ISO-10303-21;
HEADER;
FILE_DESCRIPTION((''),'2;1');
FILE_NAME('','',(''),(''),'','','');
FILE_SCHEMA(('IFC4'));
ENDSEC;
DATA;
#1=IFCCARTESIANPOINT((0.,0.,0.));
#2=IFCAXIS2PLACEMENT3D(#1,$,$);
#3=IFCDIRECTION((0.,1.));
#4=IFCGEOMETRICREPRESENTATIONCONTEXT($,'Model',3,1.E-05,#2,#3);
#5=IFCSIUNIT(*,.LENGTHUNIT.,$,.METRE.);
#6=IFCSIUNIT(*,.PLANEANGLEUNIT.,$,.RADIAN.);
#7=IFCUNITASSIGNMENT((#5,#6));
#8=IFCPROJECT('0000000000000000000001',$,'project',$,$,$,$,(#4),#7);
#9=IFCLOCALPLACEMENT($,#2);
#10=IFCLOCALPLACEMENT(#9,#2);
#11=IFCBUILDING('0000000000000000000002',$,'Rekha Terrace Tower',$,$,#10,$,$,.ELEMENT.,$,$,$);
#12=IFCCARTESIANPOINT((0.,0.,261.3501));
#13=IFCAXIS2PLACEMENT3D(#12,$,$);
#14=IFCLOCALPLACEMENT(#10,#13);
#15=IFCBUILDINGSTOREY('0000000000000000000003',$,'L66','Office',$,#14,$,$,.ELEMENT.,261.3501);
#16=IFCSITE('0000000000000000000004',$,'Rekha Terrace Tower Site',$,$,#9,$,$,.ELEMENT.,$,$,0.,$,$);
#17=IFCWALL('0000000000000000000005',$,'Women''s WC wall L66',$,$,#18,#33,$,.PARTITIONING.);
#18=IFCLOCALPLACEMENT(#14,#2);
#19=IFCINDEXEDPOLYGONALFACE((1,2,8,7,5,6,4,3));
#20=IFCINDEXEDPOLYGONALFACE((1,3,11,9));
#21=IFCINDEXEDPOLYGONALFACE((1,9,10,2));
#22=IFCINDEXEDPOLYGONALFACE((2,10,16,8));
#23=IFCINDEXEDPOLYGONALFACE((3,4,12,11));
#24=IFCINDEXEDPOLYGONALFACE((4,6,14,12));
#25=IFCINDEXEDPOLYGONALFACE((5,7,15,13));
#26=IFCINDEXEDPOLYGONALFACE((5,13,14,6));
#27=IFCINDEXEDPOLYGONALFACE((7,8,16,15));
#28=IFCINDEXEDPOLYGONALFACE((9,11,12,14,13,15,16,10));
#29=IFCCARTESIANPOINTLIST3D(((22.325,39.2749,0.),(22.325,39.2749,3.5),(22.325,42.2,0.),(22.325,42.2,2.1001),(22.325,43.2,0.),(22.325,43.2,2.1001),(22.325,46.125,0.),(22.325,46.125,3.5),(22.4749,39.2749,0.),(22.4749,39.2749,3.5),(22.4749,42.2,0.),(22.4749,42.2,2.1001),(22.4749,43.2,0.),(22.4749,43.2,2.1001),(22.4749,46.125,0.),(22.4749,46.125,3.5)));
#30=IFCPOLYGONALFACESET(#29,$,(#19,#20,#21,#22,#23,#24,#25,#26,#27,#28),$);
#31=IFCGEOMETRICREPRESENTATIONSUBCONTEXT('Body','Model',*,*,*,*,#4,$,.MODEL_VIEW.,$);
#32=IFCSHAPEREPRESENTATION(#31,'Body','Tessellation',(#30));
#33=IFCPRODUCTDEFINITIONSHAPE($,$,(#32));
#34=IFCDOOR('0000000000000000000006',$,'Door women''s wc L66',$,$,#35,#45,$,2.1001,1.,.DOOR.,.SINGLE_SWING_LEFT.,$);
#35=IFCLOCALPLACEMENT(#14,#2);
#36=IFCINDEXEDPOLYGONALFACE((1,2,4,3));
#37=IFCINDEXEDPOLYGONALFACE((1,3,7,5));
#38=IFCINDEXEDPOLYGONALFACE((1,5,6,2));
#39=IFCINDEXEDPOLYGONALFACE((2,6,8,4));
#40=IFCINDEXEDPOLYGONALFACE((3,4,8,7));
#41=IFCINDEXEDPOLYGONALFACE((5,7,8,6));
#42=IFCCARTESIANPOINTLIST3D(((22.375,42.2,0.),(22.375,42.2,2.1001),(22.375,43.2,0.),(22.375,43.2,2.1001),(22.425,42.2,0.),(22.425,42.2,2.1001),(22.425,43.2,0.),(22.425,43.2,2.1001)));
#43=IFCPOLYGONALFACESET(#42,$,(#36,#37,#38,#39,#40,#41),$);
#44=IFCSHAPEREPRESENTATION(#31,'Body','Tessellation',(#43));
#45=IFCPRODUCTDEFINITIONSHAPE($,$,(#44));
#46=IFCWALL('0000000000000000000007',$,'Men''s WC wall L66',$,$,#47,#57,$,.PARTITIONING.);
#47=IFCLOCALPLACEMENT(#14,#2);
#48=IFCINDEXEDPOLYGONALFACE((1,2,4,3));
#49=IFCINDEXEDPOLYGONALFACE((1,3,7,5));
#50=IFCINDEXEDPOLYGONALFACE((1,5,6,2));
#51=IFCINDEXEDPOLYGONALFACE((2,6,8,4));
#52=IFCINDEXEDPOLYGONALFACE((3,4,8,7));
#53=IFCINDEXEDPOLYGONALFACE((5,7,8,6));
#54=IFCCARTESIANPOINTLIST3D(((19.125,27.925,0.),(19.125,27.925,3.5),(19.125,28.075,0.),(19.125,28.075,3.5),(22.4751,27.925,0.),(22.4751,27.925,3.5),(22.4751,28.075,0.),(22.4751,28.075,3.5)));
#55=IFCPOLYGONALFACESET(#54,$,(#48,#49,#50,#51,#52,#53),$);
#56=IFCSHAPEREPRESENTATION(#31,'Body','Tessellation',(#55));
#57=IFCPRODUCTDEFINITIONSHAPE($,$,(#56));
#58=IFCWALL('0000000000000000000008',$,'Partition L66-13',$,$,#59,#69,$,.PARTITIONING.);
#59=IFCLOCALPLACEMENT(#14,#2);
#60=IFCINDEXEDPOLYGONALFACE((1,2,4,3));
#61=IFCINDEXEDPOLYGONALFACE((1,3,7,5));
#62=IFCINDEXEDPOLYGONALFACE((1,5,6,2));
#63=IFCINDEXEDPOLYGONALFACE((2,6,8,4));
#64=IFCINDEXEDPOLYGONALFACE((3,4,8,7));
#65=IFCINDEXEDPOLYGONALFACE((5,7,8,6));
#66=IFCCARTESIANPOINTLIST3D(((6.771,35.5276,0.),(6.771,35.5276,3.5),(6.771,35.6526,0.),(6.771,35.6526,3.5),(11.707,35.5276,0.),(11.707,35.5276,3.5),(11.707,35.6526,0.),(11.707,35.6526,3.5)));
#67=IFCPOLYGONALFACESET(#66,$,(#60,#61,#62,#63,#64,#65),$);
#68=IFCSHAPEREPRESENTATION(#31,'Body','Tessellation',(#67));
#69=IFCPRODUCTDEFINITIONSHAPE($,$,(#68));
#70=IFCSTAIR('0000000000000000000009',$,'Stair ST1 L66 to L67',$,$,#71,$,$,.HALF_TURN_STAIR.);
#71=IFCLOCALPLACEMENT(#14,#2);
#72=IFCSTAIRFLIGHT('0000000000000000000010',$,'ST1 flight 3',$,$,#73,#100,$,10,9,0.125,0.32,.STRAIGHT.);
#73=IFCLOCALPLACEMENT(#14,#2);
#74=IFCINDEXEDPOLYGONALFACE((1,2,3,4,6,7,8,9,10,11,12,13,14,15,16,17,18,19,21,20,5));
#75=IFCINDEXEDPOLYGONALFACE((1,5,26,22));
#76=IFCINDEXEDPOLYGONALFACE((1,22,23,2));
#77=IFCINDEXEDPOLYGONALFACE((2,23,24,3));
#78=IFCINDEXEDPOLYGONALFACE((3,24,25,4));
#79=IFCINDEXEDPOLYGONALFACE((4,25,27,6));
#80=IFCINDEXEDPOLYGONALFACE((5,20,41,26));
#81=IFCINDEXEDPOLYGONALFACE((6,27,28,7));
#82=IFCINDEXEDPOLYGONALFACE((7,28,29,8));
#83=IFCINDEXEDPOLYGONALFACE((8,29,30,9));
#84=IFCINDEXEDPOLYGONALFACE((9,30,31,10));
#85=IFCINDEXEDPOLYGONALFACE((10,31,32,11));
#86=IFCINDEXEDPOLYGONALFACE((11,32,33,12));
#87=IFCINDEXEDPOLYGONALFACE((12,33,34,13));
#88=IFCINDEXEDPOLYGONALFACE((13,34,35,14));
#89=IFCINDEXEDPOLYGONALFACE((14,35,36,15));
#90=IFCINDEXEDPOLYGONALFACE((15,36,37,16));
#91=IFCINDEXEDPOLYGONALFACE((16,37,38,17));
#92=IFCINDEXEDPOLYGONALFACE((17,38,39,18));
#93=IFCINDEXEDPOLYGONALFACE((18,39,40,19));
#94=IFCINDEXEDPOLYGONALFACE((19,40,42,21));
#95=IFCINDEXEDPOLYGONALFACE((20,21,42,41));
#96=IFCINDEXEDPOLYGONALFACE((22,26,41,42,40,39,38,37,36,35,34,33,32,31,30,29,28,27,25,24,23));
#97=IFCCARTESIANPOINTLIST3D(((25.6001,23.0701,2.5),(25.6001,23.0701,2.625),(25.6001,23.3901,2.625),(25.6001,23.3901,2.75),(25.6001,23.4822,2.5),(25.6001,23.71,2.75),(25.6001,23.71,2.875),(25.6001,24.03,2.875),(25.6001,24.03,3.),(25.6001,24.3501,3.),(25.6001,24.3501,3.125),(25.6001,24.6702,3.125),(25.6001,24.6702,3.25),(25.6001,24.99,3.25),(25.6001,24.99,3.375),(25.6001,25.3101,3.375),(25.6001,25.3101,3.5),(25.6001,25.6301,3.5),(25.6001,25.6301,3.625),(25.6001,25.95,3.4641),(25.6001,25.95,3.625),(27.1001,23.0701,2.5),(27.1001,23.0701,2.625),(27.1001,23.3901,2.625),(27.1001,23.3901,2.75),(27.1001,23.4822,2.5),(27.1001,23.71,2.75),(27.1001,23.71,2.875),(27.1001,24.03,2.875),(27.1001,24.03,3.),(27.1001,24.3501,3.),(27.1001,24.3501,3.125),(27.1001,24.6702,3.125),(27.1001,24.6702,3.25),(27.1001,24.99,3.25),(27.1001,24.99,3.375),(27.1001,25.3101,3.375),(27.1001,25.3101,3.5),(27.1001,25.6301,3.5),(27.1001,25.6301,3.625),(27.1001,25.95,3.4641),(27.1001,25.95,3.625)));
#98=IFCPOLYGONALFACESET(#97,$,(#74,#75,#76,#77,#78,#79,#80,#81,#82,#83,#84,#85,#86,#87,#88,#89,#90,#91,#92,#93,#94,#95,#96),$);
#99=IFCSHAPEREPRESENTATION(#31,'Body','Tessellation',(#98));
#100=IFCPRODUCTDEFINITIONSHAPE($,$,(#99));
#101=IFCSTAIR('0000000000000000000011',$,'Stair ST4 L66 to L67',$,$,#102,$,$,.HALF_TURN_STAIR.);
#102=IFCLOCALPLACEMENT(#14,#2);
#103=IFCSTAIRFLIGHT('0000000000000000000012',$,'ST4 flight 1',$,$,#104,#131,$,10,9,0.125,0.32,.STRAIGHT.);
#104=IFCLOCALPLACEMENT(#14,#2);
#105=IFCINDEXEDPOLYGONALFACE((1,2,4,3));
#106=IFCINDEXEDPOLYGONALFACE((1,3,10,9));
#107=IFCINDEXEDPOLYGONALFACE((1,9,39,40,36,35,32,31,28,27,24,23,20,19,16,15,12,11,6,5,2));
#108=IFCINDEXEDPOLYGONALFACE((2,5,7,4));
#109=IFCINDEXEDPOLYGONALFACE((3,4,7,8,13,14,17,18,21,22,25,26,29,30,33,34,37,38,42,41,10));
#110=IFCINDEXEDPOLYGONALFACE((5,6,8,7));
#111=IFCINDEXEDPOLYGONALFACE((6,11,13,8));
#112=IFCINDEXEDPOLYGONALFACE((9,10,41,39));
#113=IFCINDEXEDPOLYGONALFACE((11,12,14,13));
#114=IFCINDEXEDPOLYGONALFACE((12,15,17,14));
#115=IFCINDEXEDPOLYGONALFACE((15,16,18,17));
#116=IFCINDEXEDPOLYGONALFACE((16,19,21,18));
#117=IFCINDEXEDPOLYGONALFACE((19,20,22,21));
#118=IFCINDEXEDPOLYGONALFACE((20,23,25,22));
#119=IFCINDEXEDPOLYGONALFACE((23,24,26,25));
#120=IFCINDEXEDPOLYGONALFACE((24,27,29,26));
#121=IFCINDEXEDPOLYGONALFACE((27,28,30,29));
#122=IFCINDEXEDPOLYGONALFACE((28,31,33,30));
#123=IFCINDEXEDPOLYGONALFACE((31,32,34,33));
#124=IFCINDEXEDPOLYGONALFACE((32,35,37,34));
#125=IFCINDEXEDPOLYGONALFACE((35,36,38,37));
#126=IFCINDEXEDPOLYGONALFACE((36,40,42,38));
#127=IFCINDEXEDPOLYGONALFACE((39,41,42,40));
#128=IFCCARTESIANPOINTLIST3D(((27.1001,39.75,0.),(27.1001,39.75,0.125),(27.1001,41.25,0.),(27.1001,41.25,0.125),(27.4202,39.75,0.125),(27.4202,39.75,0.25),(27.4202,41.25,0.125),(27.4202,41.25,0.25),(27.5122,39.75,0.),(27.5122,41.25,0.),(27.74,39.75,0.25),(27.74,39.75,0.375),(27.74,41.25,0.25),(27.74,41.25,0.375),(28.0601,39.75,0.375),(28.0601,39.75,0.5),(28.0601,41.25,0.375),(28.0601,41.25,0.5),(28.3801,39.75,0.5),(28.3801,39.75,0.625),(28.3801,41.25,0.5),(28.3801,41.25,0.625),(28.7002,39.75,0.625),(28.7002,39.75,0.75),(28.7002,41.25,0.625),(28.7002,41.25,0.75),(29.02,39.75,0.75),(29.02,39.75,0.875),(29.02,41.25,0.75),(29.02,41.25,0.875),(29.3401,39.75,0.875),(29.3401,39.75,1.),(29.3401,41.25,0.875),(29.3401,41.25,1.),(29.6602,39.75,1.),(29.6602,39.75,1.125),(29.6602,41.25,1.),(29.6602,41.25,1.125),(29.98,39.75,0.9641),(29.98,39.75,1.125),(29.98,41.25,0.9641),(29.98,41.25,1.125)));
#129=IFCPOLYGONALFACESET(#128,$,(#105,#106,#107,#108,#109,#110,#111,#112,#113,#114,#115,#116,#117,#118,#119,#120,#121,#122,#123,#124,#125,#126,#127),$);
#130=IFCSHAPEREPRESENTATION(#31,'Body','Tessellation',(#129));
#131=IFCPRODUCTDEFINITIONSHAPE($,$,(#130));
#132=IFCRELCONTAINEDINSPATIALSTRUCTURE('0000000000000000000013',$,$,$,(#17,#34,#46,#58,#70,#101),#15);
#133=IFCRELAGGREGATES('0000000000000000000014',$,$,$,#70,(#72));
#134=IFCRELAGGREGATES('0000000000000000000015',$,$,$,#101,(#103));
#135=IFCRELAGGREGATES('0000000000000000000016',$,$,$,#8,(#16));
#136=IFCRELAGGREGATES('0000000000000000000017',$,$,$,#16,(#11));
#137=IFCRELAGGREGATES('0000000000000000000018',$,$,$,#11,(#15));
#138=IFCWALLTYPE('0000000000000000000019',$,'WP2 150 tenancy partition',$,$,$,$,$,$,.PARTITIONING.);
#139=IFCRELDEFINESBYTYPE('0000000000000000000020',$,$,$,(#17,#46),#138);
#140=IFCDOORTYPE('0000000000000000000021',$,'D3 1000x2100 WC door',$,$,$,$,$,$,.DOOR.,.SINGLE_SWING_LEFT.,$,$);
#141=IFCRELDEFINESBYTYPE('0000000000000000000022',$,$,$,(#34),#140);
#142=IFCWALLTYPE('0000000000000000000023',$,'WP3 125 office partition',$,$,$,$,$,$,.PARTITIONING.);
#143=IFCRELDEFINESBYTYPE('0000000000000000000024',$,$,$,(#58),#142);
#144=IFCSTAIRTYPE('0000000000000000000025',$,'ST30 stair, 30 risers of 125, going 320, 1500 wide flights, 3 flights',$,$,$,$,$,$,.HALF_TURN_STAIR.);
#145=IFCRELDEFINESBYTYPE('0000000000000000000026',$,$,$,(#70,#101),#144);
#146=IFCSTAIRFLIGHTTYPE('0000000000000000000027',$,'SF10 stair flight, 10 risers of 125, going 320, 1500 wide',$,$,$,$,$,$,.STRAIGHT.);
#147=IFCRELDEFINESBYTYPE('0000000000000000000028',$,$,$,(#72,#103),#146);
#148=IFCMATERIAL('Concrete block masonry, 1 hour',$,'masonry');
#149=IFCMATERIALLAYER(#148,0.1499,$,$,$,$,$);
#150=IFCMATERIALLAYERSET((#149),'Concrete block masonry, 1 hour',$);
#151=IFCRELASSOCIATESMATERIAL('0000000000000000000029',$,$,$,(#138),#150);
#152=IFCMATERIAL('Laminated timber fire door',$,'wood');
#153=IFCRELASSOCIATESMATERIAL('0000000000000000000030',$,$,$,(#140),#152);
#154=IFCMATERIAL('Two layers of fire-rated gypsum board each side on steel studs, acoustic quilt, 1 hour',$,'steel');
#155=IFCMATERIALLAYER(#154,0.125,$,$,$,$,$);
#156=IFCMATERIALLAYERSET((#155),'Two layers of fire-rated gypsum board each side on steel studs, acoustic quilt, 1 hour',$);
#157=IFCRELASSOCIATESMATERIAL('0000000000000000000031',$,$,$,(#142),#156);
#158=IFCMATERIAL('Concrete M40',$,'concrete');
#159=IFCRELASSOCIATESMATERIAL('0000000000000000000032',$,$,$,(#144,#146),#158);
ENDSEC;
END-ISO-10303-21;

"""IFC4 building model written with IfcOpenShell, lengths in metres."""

from ifc_helpers import new_model, si_unit, direction, frame, frame_2d, origin, place, context, subcontext, project, spatial, polyline, rectangle, outline, extrude, material, layer, layer_set, type_object, element, fill, aggregate, save


model = new_model("IFC4")

# Units and contexts
model_context = context("Model", 3, precision=1e-05, world=origin(), true_north=direction((0.0, 1.0)))
body_context = subcontext(model_context, "Body", "Model", "MODEL_VIEW")
ifc_project = project(units=[si_unit("LENGTHUNIT", "METRE"), si_unit("PLANEANGLEUNIT", "RADIAN")], contexts=[model_context])

# Site, building, storey
site_placement = place(None, origin())
site = spatial("IfcSite", under=ifc_project, at=site_placement, Name="Rekha Terrace Tower Site", CompositionType="ELEMENT", RefElevation=0.0)
building_placement = place(site_placement, origin())
building = spatial("IfcBuilding", under=site, at=building_placement, Name="Rekha Terrace Tower", CompositionType="ELEMENT")
storey_placement = place(building_placement, frame((0.0, 0.0, 261.3501)))
storey = spatial("IfcBuildingStorey", under=building, at=storey_placement, Name="L66", Description="Office", CompositionType="ELEMENT", Elevation=261.3501)

# Shared definitions
ifc_material_1 = material(Name="Concrete block masonry, 1 hour", Category="masonry")
ifc_layer_1 = layer(ifc_material_1, 0.1499)
ifc_layer_set_1 = layer_set([ifc_layer_1], Name="Concrete block masonry, 1 hour")
wall_type_1 = type_object("IfcWallType", Name="WP2 150 tenancy partition", PredefinedType="PARTITIONING", material=ifc_layer_set_1)

# Wall, opening, door
wall_1_placement = place(storey_placement, frame((22.3999, 39.2749, 0.0), z_axis=(0.0, 0.0, 1.0), x_axis=(0.0, 1.0, 0.0)))
wall_1 = element("IfcWall", 1, at=wall_1_placement, inside=storey, type_object=wall_type_1, Name="Women's WC wall L66", PredefinedType="PARTITIONING", context=body_context, shape_type="SweptSolid", body=[
    extrude(rectangle(XDim=6.8501, YDim=0.1499, at=frame_2d((3.425, 0.0))), origin(), (0.0, 0.0, 1.0), 3.5),
])
opening_1_placement = place(wall_1_placement, frame((2.925, 0.0, 0.0)))
opening_1 = element("IfcOpeningElement", 2, at=opening_1_placement, cuts=wall_1, PredefinedType="OPENING", context=body_context, shape_type="SweptSolid", body=[
    extrude(rectangle(XDim=1.0, YDim=2.1001, at=frame_2d((0.5, 1.05))), frame((0.0, 0.085, 0.0), z_axis=(0.0, -1.0, 0.0), x_axis=(1.0, 0.0, 0.0)), (0.0, 0.0, 1.0), 0.1699),
])
ifc_material_2 = material(Name="Laminated timber fire door", Category="wood")
door_type_1 = type_object("IfcDoorType", Name="D3 1000x2100 WC door", OperationType="SINGLE_SWING_LEFT", PredefinedType="DOOR", material=ifc_material_2)
door_1_placement = place(opening_1_placement, origin())
door_1 = element("IfcDoor", 3, at=door_1_placement, inside=storey, type_object=door_type_1, Name="Door women's wc L66", OperationType="SINGLE_SWING_LEFT", OverallHeight=2.1001, OverallWidth=1.0, PredefinedType="DOOR", context=body_context, shape_type="SweptSolid", body=[
    extrude(rectangle(XDim=1.0, YDim=2.1001, at=frame_2d((0.5, 1.05))), frame((0.0, 0.0249, 0.0), z_axis=(0.0, -1.0, 0.0), x_axis=(1.0, 0.0, 0.0)), (0.0, 0.0, 1.0), 0.05),
])
fill(opening_1, door_1)

# Walls
wall_2_placement = place(storey_placement, frame((19.125, 28.0, 0.0), z_axis=(0.0, 0.0, 1.0), x_axis=(1.0, 0.0, 0.0)))
element("IfcWall", 4, at=wall_2_placement, inside=storey, type_object=wall_type_1, Name="Men's WC wall L66", PredefinedType="PARTITIONING", context=body_context, shape_type="SweptSolid", body=[
    extrude(rectangle(XDim=3.3501, YDim=0.1499, at=frame_2d((1.675, 0.0))), origin(), (0.0, 0.0, 1.0), 3.5),
])
ifc_material_3 = material(Name="Two layers of fire-rated gypsum board each side on steel studs, acoustic quilt, 1 hour", Category="steel")
ifc_layer_2 = layer(ifc_material_3, 0.125)
ifc_layer_set_2 = layer_set([ifc_layer_2], Name="Two layers of fire-rated gypsum board each side on steel studs, acoustic quilt, 1 hour")
wall_type_2 = type_object("IfcWallType", Name="WP3 125 office partition", PredefinedType="PARTITIONING", material=ifc_layer_set_2)
wall_3_placement = place(storey_placement, frame((11.707, 35.5901, 0.0), z_axis=(0.0, 0.0, 1.0), x_axis=(-1.0, 0.0, 0.0)))
element("IfcWall", 5, at=wall_3_placement, inside=storey, type_object=wall_type_2, Name="Partition L66-13", PredefinedType="PARTITIONING", context=body_context, shape_type="SweptSolid", body=[
    extrude(rectangle(XDim=4.936, YDim=0.125, at=frame_2d((2.468, 0.0))), origin(), (0.0, 0.0, 1.0), 3.5),
])

# Stairs, stair flights
ifc_material_4 = material(Name="Concrete M40", Category="concrete")
stair_type = type_object("IfcStairType", Name="ST30 stair, 30 risers of 125, going 320, 1500 wide flights, 3 flights", PredefinedType="HALF_TURN_STAIR", material=ifc_material_4)
stair_1_placement = place(storey_placement, origin())
stair_1 = element("IfcStair", 6, at=stair_1_placement, inside=storey, type_object=stair_type, Name="Stair ST1 L66 to L67", PredefinedType="HALF_TURN_STAIR")
stair_flight_type = type_object("IfcStairFlightType", Name="SF10 stair flight, 10 risers of 125, going 320, 1500 wide", PredefinedType="STRAIGHT", material=ifc_material_4)
stair_flight_1_placement = place(storey_placement, frame((26.3501, 23.0701, 2.5), z_axis=(0.0, 0.0, 1.0), x_axis=(0.0, 1.0, 0.0)))
stair_flight_1 = element("IfcStairFlight", 7, at=stair_flight_1_placement, type_object=stair_flight_type, Name="ST1 flight 3", NumberOfRisers=10, NumberOfTreads=9, PredefinedType="STRAIGHT", RiserHeight=0.125, TreadLength=0.32, context=body_context, shape_type="SweptSolid", body=[
    extrude(outline(polyline([(0.0, 0.0), (0.0, 0.125), (0.3201, 0.125), (0.3201, 0.25), (0.6399, 0.25), (0.6399, 0.375), (0.96, 0.375), (0.96, 0.5), (1.28, 0.5), (1.28, 0.625), (1.6001, 0.625), (1.6001, 0.75), (1.9199, 0.75), (1.9199, 0.875), (2.24, 0.875), (2.24, 1.0), (2.5601, 1.0), (2.5601, 1.125), (2.8799, 1.125), (2.8799, 1.25), (2.8799, 0.9641), (0.4121, 0.0), (0.0, 0.0)])), frame((0.0, 0.75, 0.0), z_axis=(0.0, -1.0, 0.0), x_axis=(1.0, 0.0, 0.0)), (0.0, 0.0, 1.0), 1.5),
])
aggregate(stair_1, [stair_flight_1])
stair_2_placement = place(storey_placement, origin())
stair_2 = element("IfcStair", 8, at=stair_2_placement, inside=storey, type_object=stair_type, Name="Stair ST4 L66 to L67", PredefinedType="HALF_TURN_STAIR")
stair_flight_2_placement = place(storey_placement, frame((27.1001, 40.5, 0.0), z_axis=(0.0, 0.0, 1.0), x_axis=(1.0, 0.0, 0.0)))
stair_flight_2 = element("IfcStairFlight", 9, at=stair_flight_2_placement, type_object=stair_flight_type, Name="ST4 flight 1", NumberOfRisers=10, NumberOfTreads=9, PredefinedType="STRAIGHT", RiserHeight=0.125, TreadLength=0.32, context=body_context, shape_type="SweptSolid", body=[
    extrude(outline(polyline([(0.0, 0.0), (0.0, 0.125), (0.3201, 0.125), (0.3201, 0.25), (0.6399, 0.25), (0.6399, 0.375), (0.96, 0.375), (0.96, 0.5), (1.28, 0.5), (1.28, 0.625), (1.6001, 0.625), (1.6001, 0.75), (1.9199, 0.75), (1.9199, 0.875), (2.24, 0.875), (2.24, 1.0), (2.5601, 1.0), (2.5601, 1.125), (2.8799, 1.125), (2.8799, 1.25), (2.8799, 0.9641), (0.4121, 0.0), (0.0, 0.0)])), frame((0.0, 0.75, 0.0), z_axis=(0.0, -1.0, 0.0), x_axis=(1.0, 0.0, 0.0)), (0.0, 0.0, 1.0), 1.5),
])
aggregate(stair_2, [stair_flight_2])

save(model, "model.ifc")
